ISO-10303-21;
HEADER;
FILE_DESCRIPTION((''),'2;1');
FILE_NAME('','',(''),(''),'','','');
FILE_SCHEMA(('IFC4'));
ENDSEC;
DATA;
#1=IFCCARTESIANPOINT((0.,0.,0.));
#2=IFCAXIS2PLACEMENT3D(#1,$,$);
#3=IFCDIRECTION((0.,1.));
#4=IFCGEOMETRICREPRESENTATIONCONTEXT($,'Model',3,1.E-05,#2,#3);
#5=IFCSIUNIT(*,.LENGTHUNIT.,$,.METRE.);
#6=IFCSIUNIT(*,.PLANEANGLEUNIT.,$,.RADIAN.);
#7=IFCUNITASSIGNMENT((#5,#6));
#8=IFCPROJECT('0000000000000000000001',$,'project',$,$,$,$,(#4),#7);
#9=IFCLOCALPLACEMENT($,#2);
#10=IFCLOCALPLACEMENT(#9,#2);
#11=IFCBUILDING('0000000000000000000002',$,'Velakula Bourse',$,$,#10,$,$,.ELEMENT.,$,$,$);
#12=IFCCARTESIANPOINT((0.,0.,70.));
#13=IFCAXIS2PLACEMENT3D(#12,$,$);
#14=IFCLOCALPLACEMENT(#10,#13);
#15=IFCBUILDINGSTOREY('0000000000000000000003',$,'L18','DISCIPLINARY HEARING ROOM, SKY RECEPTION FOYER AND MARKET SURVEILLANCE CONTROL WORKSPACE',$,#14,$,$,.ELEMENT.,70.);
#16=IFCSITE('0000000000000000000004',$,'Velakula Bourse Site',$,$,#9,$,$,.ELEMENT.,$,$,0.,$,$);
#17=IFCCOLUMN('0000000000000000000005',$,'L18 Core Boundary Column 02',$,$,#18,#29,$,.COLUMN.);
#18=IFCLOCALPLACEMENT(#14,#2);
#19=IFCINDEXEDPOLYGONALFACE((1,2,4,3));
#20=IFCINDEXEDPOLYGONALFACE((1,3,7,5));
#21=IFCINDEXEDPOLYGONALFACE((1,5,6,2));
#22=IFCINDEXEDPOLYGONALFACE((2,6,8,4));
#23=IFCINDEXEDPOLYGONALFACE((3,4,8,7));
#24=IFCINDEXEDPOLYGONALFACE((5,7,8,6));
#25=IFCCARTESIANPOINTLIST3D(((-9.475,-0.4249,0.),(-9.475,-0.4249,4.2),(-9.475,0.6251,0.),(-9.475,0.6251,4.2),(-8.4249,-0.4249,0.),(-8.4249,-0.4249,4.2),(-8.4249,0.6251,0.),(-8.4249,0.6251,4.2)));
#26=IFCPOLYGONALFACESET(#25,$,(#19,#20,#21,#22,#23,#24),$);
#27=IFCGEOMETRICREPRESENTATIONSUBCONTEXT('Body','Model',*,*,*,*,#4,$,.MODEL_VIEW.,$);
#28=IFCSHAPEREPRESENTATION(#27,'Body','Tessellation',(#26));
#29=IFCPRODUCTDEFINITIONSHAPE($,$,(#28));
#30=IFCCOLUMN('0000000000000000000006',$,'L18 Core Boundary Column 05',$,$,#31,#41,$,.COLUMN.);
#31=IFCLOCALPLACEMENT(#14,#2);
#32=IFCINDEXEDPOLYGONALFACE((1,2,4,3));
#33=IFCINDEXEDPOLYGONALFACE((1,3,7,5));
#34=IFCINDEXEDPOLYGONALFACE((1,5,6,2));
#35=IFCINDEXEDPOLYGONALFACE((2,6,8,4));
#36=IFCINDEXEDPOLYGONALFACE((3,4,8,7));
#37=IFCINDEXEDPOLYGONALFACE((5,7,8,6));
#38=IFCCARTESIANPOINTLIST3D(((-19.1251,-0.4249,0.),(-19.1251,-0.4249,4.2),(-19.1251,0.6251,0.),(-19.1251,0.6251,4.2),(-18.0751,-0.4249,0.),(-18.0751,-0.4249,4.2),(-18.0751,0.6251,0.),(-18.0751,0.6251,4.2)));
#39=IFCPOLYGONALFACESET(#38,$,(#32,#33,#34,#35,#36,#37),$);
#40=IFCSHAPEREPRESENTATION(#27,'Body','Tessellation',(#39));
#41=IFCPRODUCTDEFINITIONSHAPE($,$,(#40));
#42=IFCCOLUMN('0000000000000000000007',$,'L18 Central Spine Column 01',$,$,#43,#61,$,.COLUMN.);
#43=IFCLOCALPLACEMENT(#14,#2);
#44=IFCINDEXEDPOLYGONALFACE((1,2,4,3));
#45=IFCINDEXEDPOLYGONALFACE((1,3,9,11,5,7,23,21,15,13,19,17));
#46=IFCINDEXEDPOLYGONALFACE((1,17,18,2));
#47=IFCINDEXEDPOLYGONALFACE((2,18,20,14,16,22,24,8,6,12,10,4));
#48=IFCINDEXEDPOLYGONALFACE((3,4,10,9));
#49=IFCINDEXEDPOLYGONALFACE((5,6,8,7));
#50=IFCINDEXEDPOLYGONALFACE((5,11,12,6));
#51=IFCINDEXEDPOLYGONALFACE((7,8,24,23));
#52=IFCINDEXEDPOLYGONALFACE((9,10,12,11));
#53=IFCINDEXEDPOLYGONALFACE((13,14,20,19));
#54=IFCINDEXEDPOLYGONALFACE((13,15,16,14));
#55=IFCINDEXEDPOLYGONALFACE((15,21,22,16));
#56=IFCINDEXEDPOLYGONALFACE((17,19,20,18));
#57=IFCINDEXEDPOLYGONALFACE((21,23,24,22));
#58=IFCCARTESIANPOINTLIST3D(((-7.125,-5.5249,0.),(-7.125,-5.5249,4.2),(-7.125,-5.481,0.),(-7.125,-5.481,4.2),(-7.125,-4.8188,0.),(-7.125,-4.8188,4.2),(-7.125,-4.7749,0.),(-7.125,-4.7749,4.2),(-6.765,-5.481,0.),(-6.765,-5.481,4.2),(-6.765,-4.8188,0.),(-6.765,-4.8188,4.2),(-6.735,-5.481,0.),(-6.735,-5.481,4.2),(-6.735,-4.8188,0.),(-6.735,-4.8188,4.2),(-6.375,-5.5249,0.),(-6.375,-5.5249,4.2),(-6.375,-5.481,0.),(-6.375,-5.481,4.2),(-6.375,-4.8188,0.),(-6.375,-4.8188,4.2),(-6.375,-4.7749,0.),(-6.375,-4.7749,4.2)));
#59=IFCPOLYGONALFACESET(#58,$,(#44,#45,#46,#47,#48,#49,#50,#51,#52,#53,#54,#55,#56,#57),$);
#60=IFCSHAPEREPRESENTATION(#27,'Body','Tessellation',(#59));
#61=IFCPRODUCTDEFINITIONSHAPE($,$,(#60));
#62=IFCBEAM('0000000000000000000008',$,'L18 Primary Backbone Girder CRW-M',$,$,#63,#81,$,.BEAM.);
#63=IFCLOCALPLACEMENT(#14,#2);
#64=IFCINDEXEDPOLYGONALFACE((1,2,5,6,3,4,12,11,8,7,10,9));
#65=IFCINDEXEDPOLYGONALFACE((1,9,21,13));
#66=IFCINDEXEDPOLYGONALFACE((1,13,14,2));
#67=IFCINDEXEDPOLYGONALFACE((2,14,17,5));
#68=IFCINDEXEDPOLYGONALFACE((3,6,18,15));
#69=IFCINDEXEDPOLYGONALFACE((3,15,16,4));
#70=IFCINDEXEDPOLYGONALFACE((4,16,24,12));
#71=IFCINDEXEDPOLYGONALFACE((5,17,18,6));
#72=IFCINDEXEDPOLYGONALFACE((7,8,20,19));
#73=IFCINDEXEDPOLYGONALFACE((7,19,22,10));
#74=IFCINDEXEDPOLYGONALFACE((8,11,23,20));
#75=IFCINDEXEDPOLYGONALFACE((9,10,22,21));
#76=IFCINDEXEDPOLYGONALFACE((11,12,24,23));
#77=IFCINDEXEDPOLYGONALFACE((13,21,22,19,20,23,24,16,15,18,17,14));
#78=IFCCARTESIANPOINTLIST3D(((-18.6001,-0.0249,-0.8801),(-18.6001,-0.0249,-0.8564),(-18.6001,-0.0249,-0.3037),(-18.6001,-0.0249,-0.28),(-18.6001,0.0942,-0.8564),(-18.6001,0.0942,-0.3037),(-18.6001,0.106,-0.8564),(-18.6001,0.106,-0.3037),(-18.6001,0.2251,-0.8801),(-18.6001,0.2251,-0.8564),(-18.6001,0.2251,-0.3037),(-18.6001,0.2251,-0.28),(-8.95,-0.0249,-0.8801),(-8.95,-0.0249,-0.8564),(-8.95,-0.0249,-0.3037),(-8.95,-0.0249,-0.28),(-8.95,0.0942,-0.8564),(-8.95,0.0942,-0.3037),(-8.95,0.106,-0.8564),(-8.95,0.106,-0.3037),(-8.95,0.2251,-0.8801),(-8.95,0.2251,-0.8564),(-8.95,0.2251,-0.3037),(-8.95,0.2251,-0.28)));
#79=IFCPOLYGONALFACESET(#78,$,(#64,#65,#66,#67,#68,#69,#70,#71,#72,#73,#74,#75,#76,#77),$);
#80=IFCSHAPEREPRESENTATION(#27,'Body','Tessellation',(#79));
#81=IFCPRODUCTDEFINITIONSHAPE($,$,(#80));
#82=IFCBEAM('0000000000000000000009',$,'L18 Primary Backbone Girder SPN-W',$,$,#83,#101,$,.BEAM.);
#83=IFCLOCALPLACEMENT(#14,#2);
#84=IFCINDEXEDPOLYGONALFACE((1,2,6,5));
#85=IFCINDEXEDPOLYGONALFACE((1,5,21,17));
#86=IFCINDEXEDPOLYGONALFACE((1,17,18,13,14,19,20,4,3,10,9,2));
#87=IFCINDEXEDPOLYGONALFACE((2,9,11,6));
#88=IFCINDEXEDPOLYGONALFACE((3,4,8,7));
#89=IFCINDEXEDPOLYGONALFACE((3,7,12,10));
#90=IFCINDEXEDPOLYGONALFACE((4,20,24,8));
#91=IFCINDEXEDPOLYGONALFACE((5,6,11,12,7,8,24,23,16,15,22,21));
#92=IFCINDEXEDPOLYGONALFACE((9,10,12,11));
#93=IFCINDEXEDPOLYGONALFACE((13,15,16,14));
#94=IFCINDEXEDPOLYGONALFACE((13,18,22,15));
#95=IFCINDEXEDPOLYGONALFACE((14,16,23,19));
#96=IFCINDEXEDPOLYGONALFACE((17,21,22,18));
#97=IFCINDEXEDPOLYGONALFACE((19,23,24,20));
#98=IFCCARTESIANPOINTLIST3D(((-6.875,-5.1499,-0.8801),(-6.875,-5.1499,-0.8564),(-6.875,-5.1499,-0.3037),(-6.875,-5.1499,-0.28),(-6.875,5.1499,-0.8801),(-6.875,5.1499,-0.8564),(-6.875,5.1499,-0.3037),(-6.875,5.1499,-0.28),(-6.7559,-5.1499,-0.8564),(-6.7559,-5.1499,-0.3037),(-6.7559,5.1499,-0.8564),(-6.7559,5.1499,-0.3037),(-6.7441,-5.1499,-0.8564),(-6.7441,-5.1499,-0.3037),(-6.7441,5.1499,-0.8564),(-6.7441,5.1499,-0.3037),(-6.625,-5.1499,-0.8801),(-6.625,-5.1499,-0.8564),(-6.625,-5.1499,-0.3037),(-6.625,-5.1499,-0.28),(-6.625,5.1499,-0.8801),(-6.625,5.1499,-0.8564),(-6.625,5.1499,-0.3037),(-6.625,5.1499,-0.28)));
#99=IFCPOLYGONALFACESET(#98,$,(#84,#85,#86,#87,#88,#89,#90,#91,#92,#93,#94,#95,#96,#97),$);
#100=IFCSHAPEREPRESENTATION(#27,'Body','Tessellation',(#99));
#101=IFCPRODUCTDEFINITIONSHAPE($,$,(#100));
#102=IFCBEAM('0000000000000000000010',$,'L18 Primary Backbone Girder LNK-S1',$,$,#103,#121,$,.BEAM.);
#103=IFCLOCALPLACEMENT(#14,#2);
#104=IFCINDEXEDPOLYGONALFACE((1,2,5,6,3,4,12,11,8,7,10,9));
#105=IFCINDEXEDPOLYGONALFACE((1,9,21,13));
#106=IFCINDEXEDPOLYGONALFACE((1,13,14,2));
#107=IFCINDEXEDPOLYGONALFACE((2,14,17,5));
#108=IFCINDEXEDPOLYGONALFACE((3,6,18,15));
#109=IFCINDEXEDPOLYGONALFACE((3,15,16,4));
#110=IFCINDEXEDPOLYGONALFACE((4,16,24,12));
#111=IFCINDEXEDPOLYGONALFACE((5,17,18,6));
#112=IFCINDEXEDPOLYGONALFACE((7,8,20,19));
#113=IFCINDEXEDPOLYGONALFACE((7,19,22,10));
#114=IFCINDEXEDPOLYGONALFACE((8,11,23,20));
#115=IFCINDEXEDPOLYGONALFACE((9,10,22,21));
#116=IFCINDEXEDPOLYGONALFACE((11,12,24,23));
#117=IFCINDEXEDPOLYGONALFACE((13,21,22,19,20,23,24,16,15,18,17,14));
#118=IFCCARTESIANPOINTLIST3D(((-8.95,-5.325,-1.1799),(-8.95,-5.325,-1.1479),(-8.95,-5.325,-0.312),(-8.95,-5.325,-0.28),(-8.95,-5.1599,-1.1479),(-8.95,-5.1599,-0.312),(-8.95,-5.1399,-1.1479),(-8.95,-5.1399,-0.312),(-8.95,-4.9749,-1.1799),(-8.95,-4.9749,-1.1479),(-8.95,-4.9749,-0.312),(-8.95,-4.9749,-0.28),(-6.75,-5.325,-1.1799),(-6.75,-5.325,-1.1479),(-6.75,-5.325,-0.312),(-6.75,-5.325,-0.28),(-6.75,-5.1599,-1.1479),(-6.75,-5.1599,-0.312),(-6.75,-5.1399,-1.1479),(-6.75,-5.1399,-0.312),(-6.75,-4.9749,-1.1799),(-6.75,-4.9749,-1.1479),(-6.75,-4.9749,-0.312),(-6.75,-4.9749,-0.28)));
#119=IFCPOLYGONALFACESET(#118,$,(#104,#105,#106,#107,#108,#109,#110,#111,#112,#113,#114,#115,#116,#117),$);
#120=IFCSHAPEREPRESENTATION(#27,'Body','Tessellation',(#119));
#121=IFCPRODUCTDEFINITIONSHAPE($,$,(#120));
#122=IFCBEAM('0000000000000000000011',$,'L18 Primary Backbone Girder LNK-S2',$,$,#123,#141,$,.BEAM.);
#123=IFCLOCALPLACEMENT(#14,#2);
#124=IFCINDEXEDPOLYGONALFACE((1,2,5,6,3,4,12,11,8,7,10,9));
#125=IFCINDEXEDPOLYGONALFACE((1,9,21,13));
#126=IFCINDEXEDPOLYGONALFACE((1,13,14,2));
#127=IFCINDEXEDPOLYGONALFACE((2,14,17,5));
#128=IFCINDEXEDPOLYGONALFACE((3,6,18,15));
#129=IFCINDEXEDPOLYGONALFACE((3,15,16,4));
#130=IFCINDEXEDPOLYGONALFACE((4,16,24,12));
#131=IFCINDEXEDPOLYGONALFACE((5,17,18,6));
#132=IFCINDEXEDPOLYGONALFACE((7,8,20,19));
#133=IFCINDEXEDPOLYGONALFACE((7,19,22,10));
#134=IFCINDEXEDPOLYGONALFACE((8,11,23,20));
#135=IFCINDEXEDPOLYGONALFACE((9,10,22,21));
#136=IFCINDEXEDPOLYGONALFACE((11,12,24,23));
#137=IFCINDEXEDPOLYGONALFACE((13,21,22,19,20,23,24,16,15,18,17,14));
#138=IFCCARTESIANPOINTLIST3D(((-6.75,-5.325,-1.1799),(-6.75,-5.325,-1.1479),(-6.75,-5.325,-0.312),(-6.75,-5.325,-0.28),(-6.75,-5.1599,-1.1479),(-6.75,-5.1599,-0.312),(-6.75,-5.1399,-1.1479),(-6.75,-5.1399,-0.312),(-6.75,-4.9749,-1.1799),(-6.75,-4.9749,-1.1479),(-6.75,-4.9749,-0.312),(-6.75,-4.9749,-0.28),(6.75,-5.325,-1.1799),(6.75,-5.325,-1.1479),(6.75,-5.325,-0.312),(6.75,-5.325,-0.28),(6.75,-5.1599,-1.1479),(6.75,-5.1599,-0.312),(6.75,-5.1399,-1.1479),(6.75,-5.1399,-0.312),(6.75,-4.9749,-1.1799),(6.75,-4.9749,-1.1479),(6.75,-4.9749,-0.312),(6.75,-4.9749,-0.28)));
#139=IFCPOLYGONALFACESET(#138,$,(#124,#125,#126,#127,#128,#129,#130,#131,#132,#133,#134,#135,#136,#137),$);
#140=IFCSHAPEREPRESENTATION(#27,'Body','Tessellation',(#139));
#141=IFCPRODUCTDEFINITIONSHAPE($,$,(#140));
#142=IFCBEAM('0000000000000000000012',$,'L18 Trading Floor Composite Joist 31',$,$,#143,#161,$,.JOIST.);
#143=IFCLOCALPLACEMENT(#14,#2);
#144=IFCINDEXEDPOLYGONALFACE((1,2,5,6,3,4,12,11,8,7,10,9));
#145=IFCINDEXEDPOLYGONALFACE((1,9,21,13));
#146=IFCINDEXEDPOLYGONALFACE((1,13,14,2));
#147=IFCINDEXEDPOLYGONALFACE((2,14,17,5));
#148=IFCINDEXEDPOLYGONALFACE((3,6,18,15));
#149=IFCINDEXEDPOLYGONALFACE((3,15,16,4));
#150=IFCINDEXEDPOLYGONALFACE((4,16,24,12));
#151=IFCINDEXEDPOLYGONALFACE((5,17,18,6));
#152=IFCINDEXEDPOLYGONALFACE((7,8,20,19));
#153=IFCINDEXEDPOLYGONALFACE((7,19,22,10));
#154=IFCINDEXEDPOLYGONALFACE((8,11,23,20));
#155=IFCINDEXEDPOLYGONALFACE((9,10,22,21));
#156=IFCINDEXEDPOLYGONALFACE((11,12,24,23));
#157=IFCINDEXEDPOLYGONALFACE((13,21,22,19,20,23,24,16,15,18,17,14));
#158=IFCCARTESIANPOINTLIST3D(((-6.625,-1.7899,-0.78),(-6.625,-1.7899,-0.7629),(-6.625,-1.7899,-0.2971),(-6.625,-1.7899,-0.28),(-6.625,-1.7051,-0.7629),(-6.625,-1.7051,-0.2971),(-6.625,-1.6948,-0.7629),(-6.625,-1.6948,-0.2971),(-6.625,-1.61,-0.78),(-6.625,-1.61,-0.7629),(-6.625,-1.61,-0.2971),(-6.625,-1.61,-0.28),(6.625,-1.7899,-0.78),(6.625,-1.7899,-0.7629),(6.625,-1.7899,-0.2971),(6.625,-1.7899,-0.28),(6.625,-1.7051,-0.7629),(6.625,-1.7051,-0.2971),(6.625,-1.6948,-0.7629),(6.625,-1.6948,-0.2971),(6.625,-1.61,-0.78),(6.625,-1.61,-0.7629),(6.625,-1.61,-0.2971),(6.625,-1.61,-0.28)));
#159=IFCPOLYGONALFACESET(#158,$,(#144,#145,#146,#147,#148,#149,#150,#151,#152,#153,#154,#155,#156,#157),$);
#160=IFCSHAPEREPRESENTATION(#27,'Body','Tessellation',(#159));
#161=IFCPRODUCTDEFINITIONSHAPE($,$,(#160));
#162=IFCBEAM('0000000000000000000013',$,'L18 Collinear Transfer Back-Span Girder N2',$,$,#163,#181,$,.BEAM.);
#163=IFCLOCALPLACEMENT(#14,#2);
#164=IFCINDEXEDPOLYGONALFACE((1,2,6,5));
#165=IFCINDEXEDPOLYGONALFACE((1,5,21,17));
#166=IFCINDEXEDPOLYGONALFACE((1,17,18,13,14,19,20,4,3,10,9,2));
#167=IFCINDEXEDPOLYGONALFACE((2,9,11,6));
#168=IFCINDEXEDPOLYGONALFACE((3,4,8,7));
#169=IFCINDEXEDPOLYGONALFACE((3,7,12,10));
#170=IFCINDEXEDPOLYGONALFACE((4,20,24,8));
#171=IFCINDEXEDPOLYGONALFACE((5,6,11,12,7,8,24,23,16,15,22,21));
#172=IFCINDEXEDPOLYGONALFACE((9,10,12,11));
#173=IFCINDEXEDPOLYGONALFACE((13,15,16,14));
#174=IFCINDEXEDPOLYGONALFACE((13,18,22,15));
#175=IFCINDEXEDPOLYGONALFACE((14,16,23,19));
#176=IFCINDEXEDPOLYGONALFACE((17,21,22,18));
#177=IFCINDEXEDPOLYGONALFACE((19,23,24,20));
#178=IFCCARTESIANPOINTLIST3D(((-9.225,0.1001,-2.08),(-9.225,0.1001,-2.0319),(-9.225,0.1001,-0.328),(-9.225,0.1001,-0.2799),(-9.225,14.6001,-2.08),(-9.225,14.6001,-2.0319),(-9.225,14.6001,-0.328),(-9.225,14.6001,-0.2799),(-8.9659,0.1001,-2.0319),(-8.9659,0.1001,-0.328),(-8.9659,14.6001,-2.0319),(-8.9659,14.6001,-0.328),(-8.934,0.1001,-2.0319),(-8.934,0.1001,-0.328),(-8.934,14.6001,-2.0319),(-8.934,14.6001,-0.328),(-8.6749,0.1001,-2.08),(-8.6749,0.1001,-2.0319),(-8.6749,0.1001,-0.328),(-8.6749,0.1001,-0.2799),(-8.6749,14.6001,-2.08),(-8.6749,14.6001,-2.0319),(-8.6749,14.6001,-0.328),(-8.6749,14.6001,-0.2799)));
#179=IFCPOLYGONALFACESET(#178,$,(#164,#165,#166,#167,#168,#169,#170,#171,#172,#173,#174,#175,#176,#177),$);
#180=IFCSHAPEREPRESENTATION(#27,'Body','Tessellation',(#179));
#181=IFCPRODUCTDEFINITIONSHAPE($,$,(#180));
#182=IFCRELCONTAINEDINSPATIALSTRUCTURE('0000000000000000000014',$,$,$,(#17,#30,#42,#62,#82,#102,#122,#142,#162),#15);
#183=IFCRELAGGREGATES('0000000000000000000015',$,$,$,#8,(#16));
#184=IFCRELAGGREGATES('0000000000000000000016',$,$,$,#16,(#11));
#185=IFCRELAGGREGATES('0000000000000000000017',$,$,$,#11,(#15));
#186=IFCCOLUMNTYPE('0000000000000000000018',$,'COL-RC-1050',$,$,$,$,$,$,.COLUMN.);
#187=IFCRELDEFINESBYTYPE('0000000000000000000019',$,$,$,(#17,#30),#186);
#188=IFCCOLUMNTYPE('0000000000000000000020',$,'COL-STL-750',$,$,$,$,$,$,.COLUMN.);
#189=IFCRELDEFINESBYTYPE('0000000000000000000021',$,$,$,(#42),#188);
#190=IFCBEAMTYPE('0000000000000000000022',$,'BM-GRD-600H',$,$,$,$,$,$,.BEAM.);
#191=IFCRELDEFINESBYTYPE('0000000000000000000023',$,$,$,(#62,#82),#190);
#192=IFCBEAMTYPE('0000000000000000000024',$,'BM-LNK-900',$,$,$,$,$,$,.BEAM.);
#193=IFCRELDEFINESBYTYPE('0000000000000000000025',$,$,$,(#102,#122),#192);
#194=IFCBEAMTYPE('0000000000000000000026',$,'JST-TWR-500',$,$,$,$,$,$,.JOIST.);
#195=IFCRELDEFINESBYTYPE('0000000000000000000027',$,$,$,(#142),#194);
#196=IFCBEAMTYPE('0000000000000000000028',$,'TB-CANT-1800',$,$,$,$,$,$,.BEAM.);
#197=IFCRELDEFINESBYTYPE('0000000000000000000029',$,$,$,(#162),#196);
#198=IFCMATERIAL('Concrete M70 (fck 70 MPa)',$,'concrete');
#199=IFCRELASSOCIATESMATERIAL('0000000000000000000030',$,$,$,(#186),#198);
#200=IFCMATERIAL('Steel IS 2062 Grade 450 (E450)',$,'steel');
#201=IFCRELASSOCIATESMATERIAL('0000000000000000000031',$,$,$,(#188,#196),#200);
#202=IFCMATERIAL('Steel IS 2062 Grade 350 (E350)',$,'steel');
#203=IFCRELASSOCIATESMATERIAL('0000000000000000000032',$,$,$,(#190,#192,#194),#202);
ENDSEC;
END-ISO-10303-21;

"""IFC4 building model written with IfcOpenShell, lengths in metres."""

from ifc_helpers import new_model, si_unit, direction, frame, origin, origin_2d, place, context, subcontext, project, spatial, rectangle, i_section, extrude, material, material_profile, profile_set, type_object, element, save


model = new_model("IFC4")

# Units and contexts
model_context = context("Model", 3, precision=1e-05, world=origin(), true_north=direction((0.0, 1.0)))
body_context = subcontext(model_context, "Body", "Model", "MODEL_VIEW")
ifc_project = project(units=[si_unit("LENGTHUNIT", "METRE"), si_unit("PLANEANGLEUNIT", "RADIAN")], contexts=[model_context])

# Site, building, storey
site_placement = place(None, origin())
site = spatial("IfcSite", under=ifc_project, at=site_placement, Name="Velakula Bourse Site", CompositionType="ELEMENT", RefElevation=0.0)
building_placement = place(site_placement, origin())
building = spatial("IfcBuilding", under=site, at=building_placement, Name="Velakula Bourse", CompositionType="ELEMENT")
storey_placement = place(building_placement, frame((0.0, 0.0, 70.0)))
storey = spatial("IfcBuildingStorey", under=building, at=storey_placement, Name="L18", Description="DISCIPLINARY HEARING ROOM, SKY RECEPTION FOYER AND MARKET SURVEILLANCE CONTROL WORKSPACE", CompositionType="ELEMENT", Elevation=70.0)

# Columns
ifc_material_1 = material(Name="Concrete M70 (fck 70 MPa)", Category="concrete")
ifc_material_profile_1 = material_profile(ifc_material_1, rectangle(XDim=1.05, YDim=1.05, at=origin_2d()), Name="Concrete M70 (fck 70 MPa)")
ifc_profile_set_1 = profile_set([ifc_material_profile_1], Name="Concrete M70 (fck 70 MPa)")
column_type_1 = type_object("IfcColumnType", Name="COL-RC-1050", PredefinedType="COLUMN", material=ifc_profile_set_1)
for number, where, z_axis, x_axis, name in (
    (1, (-8.95, 0.1001, 0.0), (0.0, 0.0, 1.0), (1.0, 0.0, 0.0), "L18 Core Boundary Column 02"),
    (2, (-18.6001, 0.1001, 0.0), (0.0, 0.0, 1.0), (1.0, 0.0, 0.0), "L18 Core Boundary Column 05"),
):
    element("IfcColumn", number, at=place(storey_placement, frame(where, z_axis=z_axis, x_axis=x_axis)), inside=storey, type_object=column_type_1, Name=name, PredefinedType="COLUMN", context=body_context, shape_type="SweptSolid", body=[
        extrude(rectangle(XDim=1.05, YDim=1.05, at=origin_2d()), origin(), (0.0, 0.0, 1.0), 4.2),
    ])
ifc_material_2 = material(Name="Steel IS 2062 Grade 450 (E450)", Category="steel")
ifc_material_profile_2 = material_profile(ifc_material_2, i_section(OverallWidth=0.75, OverallDepth=0.75, WebThickness=0.03, FlangeThickness=0.0439, at=origin_2d()), Name="Steel IS 2062 Grade 450 (E450)")
ifc_profile_set_2 = profile_set([ifc_material_profile_2], Name="Steel IS 2062 Grade 450 (E450)")
column_type_2 = type_object("IfcColumnType", Name="COL-STL-750", PredefinedType="COLUMN", material=ifc_profile_set_2)
column_placement = place(storey_placement, frame((-6.75, -5.1499, 0.0), z_axis=(0.0, 0.0, 1.0), x_axis=(1.0, 0.0, 0.0)))
element("IfcColumn", 3, at=column_placement, inside=storey, type_object=column_type_2, Name="L18 Central Spine Column 01", PredefinedType="COLUMN", context=body_context, shape_type="SweptSolid", body=[
    extrude(i_section(OverallWidth=0.75, OverallDepth=0.75, WebThickness=0.03, FlangeThickness=0.0439, at=origin_2d()), origin(), (0.0, 0.0, 1.0), 4.2),
])

# Beams
ifc_material_3 = material(Name="Steel IS 2062 Grade 350 (E350)", Category="steel")
ifc_material_profile_3 = material_profile(ifc_material_3, i_section(OverallWidth=0.25, OverallDepth=0.6001, WebThickness=0.0117, FlangeThickness=0.0237, at=origin_2d()), Name="Steel IS 2062 Grade 350 (E350)")
ifc_profile_set_3 = profile_set([ifc_material_profile_3], Name="Steel IS 2062 Grade 350 (E350)")
beam_type_1 = type_object("IfcBeamType", Name="BM-GRD-600H", PredefinedType="BEAM", material=ifc_profile_set_3)
beam_1_placement = place(storey_placement, frame((-18.6001, 0.1001, -0.5801), z_axis=(1.0, 0.0, 0.0), x_axis=(0.0, 1.0, 0.0)))
element("IfcBeam", 4, at=beam_1_placement, inside=storey, type_object=beam_type_1, Name="L18 Primary Backbone Girder CRW-M", PredefinedType="BEAM", context=body_context, shape_type="SweptSolid", body=[
    extrude(i_section(OverallWidth=0.25, OverallDepth=0.6001, WebThickness=0.0117, FlangeThickness=0.0237, at=origin_2d()), origin(), (0.0, 0.0, 1.0), 9.6501),
])
beam_2_placement = place(storey_placement, frame((-6.75, -5.1499, -0.5801), z_axis=(0.0, 1.0, 0.0), x_axis=(-1.0, 0.0, 0.0)))
element("IfcBeam", 5, at=beam_2_placement, inside=storey, type_object=beam_type_1, Name="L18 Primary Backbone Girder SPN-W", PredefinedType="BEAM", context=body_context, shape_type="SweptSolid", body=[
    extrude(i_section(OverallWidth=0.25, OverallDepth=0.6001, WebThickness=0.0117, FlangeThickness=0.0237, at=origin_2d()), origin(), (0.0, 0.0, 1.0), 10.2998),
])
ifc_material_profile_4 = material_profile(ifc_material_3, i_section(OverallWidth=0.3501, OverallDepth=0.8999, WebThickness=0.02, FlangeThickness=0.032, at=origin_2d()), Name="Steel IS 2062 Grade 350 (E350)")
ifc_profile_set_4 = profile_set([ifc_material_profile_4], Name="Steel IS 2062 Grade 350 (E350)")
beam_type_2 = type_object("IfcBeamType", Name="BM-LNK-900", PredefinedType="BEAM", material=ifc_profile_set_4)
beam_3_placement = place(storey_placement, frame((-8.95, -5.1499, -0.73), z_axis=(1.0, 0.0, 0.0), x_axis=(0.0, 1.0, 0.0)))
element("IfcBeam", 6, at=beam_3_placement, inside=storey, type_object=beam_type_2, Name="L18 Primary Backbone Girder LNK-S1", PredefinedType="BEAM", context=body_context, shape_type="SweptSolid", body=[
    extrude(i_section(OverallWidth=0.3501, OverallDepth=0.8999, WebThickness=0.02, FlangeThickness=0.032, at=origin_2d()), origin(), (0.0, 0.0, 1.0), 2.2),
])
beam_4_placement = place(storey_placement, frame((-6.75, -5.1499, -0.73), z_axis=(1.0, 0.0, 0.0), x_axis=(0.0, 1.0, 0.0)))
element("IfcBeam", 7, at=beam_4_placement, inside=storey, type_object=beam_type_2, Name="L18 Primary Backbone Girder LNK-S2", PredefinedType="BEAM", context=body_context, shape_type="SweptSolid", body=[
    extrude(i_section(OverallWidth=0.3501, OverallDepth=0.8999, WebThickness=0.02, FlangeThickness=0.032, at=origin_2d()), origin(), (0.0, 0.0, 1.0), 13.5),
])
ifc_material_profile_5 = material_profile(ifc_material_3, i_section(OverallWidth=0.1799, OverallDepth=0.5, WebThickness=0.0103, FlangeThickness=0.0171, at=origin_2d()), Name="Steel IS 2062 Grade 350 (E350)")
ifc_profile_set_5 = profile_set([ifc_material_profile_5], Name="Steel IS 2062 Grade 350 (E350)")
beam_type_3 = type_object("IfcBeamType", Name="JST-TWR-500", PredefinedType="JOIST", material=ifc_profile_set_5)
beam_5_placement = place(storey_placement, frame((-6.625, -1.7, -0.53), z_axis=(1.0, 0.0, 0.0), x_axis=(0.0, 1.0, 0.0)))
element("IfcBeam", 8, at=beam_5_placement, inside=storey, type_object=beam_type_3, Name="L18 Trading Floor Composite Joist 31", PredefinedType="JOIST", context=body_context, shape_type="SweptSolid", body=[
    extrude(i_section(OverallWidth=0.1799, OverallDepth=0.5, WebThickness=0.0103, FlangeThickness=0.0171, at=origin_2d()), origin(), (0.0, 0.0, 1.0), 13.25),
])
ifc_material_profile_6 = material_profile(ifc_material_2, i_section(OverallWidth=0.55, OverallDepth=1.8, WebThickness=0.032, FlangeThickness=0.0481, at=origin_2d()), Name="Steel IS 2062 Grade 450 (E450)")
ifc_profile_set_6 = profile_set([ifc_material_profile_6], Name="Steel IS 2062 Grade 450 (E450)")
beam_type_4 = type_object("IfcBeamType", Name="TB-CANT-1800", PredefinedType="BEAM", material=ifc_profile_set_6)
beam_6_placement = place(storey_placement, frame((-8.95, 0.1001, -1.1799), z_axis=(0.0, 1.0, 0.0), x_axis=(-1.0, 0.0, 0.0)))
element("IfcBeam", 9, at=beam_6_placement, inside=storey, type_object=beam_type_4, Name="L18 Collinear Transfer Back-Span Girder N2", PredefinedType="BEAM", context=body_context, shape_type="SweptSolid", body=[
    extrude(i_section(OverallWidth=0.55, OverallDepth=1.8, WebThickness=0.032, FlangeThickness=0.0481, at=origin_2d()), origin(), (0.0, 0.0, 1.0), 14.5),
])

save(model, "model.ifc")
